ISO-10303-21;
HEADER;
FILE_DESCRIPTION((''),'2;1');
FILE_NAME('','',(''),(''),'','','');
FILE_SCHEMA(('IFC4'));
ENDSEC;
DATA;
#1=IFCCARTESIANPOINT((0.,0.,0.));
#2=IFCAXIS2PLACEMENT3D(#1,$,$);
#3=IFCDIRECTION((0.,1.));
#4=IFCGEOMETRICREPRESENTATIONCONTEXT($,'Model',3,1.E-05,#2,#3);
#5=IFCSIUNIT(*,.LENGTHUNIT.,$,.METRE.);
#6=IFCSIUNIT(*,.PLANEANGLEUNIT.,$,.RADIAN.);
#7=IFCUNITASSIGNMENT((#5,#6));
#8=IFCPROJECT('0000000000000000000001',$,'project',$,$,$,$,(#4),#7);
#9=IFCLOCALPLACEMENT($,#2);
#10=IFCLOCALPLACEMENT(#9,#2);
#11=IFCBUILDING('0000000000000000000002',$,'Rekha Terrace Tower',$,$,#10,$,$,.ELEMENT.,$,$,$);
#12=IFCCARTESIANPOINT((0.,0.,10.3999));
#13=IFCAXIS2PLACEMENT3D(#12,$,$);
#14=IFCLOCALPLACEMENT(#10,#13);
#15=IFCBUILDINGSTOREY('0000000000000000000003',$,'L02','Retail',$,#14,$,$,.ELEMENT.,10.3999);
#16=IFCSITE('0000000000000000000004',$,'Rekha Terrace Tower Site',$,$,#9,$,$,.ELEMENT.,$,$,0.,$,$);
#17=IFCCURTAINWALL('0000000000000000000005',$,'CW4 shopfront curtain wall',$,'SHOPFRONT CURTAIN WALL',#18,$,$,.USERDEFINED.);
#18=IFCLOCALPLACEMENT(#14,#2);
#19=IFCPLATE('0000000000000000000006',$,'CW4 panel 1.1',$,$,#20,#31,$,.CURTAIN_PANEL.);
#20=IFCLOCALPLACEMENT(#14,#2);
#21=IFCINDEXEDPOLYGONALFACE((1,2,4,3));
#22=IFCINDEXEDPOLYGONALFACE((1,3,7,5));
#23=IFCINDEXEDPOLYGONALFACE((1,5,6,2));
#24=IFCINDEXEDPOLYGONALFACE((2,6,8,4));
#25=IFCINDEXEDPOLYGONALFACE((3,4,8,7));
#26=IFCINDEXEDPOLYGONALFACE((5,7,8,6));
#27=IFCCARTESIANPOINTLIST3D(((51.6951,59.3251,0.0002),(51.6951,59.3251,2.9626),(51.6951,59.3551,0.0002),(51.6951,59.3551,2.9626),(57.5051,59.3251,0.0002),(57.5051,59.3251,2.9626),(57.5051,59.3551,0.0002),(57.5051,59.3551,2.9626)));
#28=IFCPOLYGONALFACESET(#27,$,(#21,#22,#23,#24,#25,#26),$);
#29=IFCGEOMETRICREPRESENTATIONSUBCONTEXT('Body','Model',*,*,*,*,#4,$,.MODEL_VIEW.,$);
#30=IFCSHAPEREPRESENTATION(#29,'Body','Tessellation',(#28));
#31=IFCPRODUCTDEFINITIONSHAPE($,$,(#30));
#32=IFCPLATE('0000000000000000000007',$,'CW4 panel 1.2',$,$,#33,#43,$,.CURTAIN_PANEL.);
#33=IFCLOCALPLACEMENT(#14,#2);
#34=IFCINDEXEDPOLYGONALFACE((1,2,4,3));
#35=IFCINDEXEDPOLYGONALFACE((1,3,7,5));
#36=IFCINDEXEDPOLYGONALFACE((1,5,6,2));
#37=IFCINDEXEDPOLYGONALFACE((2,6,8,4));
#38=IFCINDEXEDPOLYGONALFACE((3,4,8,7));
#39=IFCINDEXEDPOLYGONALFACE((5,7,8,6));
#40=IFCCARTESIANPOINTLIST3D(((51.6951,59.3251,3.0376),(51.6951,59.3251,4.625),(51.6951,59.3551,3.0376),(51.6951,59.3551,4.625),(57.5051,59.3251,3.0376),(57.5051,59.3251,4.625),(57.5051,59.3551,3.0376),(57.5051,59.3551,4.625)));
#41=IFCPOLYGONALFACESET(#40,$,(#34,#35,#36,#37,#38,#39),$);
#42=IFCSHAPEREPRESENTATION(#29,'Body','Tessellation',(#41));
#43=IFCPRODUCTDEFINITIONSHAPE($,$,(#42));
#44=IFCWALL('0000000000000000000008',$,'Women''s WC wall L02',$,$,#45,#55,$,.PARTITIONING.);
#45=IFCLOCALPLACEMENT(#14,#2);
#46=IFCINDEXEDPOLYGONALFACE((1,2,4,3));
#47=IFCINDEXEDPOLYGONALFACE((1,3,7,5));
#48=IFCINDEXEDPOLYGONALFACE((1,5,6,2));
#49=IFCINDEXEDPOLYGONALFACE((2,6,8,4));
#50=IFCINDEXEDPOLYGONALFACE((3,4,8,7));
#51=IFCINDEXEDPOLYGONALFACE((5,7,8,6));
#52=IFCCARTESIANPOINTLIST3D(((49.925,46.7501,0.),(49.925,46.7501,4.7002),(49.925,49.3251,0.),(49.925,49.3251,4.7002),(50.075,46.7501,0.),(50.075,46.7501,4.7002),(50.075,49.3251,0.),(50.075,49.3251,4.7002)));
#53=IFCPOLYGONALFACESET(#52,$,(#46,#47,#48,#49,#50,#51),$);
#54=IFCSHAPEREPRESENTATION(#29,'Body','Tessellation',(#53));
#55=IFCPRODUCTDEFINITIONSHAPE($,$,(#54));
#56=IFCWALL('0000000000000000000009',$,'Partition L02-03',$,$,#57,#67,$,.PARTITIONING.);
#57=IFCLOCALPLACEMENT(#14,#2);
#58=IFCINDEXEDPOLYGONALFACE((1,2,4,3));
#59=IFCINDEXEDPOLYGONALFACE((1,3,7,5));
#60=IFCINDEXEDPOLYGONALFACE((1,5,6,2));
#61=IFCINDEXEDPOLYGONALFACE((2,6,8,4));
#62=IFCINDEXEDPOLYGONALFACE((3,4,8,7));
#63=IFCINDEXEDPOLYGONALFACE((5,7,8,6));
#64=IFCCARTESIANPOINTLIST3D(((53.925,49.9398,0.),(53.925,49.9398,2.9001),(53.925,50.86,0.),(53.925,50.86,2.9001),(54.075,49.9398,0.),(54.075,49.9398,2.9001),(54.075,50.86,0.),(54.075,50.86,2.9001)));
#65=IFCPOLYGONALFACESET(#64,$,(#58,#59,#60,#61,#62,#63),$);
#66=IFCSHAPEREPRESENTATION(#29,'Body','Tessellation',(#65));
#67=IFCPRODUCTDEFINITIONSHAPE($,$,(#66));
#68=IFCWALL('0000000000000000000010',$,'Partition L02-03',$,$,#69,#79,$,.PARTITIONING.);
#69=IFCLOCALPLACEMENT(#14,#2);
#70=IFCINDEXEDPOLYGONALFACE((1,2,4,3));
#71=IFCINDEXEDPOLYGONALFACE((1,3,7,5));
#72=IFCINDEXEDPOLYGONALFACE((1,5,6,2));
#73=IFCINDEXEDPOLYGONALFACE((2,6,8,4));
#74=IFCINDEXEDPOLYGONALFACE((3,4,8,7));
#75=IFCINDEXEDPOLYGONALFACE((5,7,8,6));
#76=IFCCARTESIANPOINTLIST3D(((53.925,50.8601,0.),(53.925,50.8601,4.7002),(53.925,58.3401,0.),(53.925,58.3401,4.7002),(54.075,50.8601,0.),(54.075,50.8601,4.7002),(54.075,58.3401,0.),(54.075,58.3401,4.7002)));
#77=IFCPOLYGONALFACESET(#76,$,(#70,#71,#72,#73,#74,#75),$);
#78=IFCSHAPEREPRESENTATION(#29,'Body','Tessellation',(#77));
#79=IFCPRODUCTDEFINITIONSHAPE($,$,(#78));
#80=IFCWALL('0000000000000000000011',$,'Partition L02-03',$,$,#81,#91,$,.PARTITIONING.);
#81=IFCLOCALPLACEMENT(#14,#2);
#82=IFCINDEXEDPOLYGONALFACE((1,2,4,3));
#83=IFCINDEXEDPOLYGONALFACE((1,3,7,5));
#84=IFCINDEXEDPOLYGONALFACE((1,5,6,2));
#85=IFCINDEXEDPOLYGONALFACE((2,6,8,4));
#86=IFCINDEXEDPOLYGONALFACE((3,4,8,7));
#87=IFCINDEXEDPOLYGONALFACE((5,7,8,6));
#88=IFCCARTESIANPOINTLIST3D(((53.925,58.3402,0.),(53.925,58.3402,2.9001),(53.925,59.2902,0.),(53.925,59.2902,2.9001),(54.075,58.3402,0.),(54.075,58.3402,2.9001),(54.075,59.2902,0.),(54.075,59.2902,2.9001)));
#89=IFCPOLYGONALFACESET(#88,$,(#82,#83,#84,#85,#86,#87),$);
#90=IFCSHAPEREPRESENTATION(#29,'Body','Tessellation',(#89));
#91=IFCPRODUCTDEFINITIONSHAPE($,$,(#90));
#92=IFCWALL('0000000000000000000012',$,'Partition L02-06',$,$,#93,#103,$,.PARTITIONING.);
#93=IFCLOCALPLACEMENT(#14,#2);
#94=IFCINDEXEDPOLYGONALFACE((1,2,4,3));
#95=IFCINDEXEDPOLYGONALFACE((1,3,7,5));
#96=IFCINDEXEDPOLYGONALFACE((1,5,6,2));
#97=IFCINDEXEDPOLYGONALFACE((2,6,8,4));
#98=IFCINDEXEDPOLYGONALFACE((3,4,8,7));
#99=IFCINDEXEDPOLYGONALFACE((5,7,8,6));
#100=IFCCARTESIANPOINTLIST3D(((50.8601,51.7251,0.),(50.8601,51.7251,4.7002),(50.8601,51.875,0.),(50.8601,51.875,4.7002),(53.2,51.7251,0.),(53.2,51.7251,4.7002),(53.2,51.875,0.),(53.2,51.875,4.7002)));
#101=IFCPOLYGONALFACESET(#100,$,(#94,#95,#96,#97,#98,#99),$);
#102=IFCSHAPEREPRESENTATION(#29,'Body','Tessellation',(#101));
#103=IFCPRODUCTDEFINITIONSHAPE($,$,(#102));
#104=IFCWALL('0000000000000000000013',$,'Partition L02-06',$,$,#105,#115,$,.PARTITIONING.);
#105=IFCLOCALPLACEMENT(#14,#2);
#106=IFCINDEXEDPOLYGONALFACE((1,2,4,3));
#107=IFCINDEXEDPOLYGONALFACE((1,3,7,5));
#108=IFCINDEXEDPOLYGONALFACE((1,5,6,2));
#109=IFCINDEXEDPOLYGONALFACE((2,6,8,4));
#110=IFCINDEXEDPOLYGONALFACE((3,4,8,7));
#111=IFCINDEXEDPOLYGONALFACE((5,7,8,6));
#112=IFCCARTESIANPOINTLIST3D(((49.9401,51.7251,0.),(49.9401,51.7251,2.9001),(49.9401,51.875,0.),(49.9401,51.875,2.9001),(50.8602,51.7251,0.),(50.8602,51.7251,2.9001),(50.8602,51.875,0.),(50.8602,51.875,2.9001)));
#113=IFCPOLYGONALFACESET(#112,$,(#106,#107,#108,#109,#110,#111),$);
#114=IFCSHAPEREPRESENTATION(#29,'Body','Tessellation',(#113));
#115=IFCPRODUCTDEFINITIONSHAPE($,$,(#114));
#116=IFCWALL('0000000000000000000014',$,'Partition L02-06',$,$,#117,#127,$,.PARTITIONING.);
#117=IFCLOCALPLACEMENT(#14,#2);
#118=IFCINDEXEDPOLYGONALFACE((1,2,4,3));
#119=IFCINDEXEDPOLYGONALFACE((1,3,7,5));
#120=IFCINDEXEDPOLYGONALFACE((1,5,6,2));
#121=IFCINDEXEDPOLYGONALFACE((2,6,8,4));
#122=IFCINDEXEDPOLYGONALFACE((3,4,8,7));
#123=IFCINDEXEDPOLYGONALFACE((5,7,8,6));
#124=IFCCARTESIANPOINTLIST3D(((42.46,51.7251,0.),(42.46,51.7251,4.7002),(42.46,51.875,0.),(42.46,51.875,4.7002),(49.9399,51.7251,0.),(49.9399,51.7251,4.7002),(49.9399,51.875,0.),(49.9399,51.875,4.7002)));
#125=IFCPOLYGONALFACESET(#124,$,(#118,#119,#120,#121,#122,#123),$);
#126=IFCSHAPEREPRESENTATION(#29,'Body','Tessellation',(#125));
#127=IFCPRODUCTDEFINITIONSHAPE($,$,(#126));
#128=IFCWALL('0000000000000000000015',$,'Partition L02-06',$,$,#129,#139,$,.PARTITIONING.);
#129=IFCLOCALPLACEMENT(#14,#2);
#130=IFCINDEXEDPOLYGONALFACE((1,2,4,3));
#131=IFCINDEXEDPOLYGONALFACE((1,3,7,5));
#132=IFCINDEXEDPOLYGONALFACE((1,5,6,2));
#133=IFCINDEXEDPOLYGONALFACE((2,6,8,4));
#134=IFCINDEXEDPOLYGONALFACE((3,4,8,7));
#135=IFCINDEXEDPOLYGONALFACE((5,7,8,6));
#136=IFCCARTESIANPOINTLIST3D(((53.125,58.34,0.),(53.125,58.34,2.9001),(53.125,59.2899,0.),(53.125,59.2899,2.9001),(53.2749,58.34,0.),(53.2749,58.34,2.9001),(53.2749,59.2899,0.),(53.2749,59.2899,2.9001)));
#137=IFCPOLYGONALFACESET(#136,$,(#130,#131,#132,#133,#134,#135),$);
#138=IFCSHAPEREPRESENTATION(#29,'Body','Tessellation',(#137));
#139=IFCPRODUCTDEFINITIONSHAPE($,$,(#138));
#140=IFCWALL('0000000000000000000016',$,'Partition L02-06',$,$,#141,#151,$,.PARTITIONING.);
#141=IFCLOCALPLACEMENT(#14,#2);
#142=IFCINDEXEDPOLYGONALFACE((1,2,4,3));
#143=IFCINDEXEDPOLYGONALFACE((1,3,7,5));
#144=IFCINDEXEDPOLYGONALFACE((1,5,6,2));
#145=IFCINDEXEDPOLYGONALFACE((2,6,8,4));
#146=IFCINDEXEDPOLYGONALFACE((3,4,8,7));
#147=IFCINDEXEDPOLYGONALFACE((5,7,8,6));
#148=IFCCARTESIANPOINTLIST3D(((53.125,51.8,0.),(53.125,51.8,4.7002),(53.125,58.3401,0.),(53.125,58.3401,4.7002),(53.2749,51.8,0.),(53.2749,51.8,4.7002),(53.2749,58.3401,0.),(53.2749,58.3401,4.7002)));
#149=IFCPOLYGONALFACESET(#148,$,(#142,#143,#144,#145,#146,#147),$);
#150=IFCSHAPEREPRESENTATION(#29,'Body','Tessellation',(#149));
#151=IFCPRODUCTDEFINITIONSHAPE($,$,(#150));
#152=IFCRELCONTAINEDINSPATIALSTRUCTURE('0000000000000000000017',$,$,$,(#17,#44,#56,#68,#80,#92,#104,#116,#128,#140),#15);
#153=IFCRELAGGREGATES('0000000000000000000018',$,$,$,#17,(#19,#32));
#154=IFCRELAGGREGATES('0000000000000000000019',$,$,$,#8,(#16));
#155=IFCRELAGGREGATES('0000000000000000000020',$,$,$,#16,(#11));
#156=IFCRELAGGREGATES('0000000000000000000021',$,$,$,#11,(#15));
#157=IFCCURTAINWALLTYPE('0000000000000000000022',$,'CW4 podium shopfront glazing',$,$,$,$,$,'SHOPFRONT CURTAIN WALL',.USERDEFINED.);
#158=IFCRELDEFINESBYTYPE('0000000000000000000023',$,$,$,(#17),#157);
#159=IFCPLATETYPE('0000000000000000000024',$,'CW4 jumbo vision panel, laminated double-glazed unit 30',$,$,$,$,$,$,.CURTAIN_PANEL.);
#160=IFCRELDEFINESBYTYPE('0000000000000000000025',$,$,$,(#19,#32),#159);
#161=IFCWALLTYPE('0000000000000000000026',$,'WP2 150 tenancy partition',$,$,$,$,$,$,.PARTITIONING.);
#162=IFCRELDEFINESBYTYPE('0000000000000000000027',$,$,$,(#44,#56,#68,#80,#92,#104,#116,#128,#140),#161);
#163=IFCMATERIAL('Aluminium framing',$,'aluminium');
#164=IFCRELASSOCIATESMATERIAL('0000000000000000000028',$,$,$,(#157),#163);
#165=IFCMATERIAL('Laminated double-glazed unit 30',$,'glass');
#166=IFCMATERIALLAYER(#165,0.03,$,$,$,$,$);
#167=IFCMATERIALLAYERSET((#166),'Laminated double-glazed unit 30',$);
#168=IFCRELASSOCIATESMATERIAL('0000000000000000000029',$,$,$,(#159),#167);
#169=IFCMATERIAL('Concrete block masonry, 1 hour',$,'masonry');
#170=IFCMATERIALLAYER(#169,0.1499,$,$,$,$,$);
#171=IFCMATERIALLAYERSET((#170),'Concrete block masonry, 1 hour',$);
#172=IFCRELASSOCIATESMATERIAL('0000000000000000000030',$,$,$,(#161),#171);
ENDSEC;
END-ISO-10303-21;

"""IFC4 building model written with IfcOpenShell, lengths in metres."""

from ifc_helpers import new_model, si_unit, direction, frame, frame_2d, origin, origin_2d, place, context, subcontext, project, spatial, rectangle, extrude, material, layer, layer_set, type_object, element, aggregate, save


model = new_model("IFC4")

# Units and contexts
model_context = context("Model", 3, precision=1e-05, world=origin(), true_north=direction((0.0, 1.0)))
body_context = subcontext(model_context, "Body", "Model", "MODEL_VIEW")
ifc_project = project(units=[si_unit("LENGTHUNIT", "METRE"), si_unit("PLANEANGLEUNIT", "RADIAN")], contexts=[model_context])

# Site, building, storey
site_placement = place(None, origin())
site = spatial("IfcSite", under=ifc_project, at=site_placement, Name="Rekha Terrace Tower Site", CompositionType="ELEMENT", RefElevation=0.0)
building_placement = place(site_placement, origin())
building = spatial("IfcBuilding", under=site, at=building_placement, Name="Rekha Terrace Tower", CompositionType="ELEMENT")
storey_placement = place(building_placement, frame((0.0, 0.0, 10.3999)))
storey = spatial("IfcBuildingStorey", under=building, at=storey_placement, Name="L02", Description="Retail", CompositionType="ELEMENT", Elevation=10.3999)

# Curtain wall
ifc_material_1 = material(Name="Aluminium framing", Category="aluminium")
curtain_wall_type = type_object("IfcCurtainWallType", Name="CW4 podium shopfront glazing", ElementType="SHOPFRONT CURTAIN WALL", PredefinedType="USERDEFINED", material=ifc_material_1)
curtain_wall_1_placement = place(storey_placement, origin())
curtain_wall_1 = element("IfcCurtainWall", 1, at=curtain_wall_1_placement, inside=storey, type_object=curtain_wall_type, Name="CW4 shopfront curtain wall", ObjectType="SHOPFRONT CURTAIN WALL", PredefinedType="USERDEFINED")

# Plates
ifc_material_2 = material(Name="Laminated double-glazed unit 30", Category="glass")
ifc_layer_1 = layer(ifc_material_2, 0.03)
ifc_layer_set_1 = layer_set([ifc_layer_1], Name="Laminated double-glazed unit 30")
plate_type = type_object("IfcPlateType", Name="CW4 jumbo vision panel, laminated double-glazed unit 30", PredefinedType="CURTAIN_PANEL", material=ifc_layer_set_1)
plate_1_placement = place(storey_placement, frame((54.6001, 59.3401, 0.0002), z_axis=(0.0, 0.0, 1.0), x_axis=(-1.0, 0.0, 0.0)))
plate_1 = element("IfcPlate", 2, at=plate_1_placement, type_object=plate_type, Name="CW4 panel 1.1", PredefinedType="CURTAIN_PANEL", context=body_context, shape_type="SweptSolid", body=[
    extrude(rectangle(XDim=5.8101, YDim=0.03, at=origin_2d()), origin(), (0.0, 0.0, 1.0), 2.9624),
])
plate_2_placement = place(storey_placement, frame((54.6001, 59.3401, 3.0376), z_axis=(0.0, 0.0, 1.0), x_axis=(-1.0, 0.0, 0.0)))
plate_2 = element("IfcPlate", 3, at=plate_2_placement, type_object=plate_type, Name="CW4 panel 1.2", PredefinedType="CURTAIN_PANEL", context=body_context, shape_type="SweptSolid", body=[
    extrude(rectangle(XDim=5.8101, YDim=0.03, at=origin_2d()), origin(), (0.0, 0.0, 1.0), 1.5874),
])
aggregate(curtain_wall_1, [plate_1, plate_2])

# Walls
ifc_material_3 = material(Name="Concrete block masonry, 1 hour", Category="masonry")
ifc_layer_2 = layer(ifc_material_3, 0.1499)
ifc_layer_set_2 = layer_set([ifc_layer_2], Name="Concrete block masonry, 1 hour")
wall_type = type_object("IfcWallType", Name="WP2 150 tenancy partition", PredefinedType="PARTITIONING", material=ifc_layer_set_2)
wall_1_placement = place(storey_placement, frame((50.0, 46.75, 0.0), z_axis=(0.0, 0.0, 1.0), x_axis=(0.0, 1.0, 0.0)))
element("IfcWall", 4, at=wall_1_placement, inside=storey, type_object=wall_type, Name="Women's WC wall L02", PredefinedType="PARTITIONING", context=body_context, shape_type="SweptSolid", body=[
    extrude(rectangle(XDim=2.575, YDim=0.1499, at=frame_2d((1.2876, 0.0))), origin(), (0.0, 0.0, 1.0), 4.7002),
])
wall_2_placement = place(storey_placement, frame((54.0, 49.9399, 0.0), z_axis=(0.0, 0.0, 1.0), x_axis=(0.0, 1.0, 0.0)))
element("IfcWall", 5, at=wall_2_placement, inside=storey, type_object=wall_type, Name="Partition L02-03", PredefinedType="PARTITIONING", context=body_context, shape_type="SweptSolid", body=[
    extrude(rectangle(XDim=0.9202, YDim=0.1499, at=frame_2d((0.46, 0.0))), origin(), (0.0, 0.0, 1.0), 2.9001),
])
wall_3_placement = place(storey_placement, frame((54.0, 50.8601, 0.0), z_axis=(0.0, 0.0, 1.0), x_axis=(0.0, 1.0, 0.0)))
element("IfcWall", 6, at=wall_3_placement, inside=storey, type_object=wall_type, Name="Partition L02-03", PredefinedType="PARTITIONING", context=body_context, shape_type="SweptSolid", body=[
    extrude(rectangle(XDim=7.48, YDim=0.1499, at=frame_2d((3.74, 0.0))), origin(), (0.0, 0.0, 1.0), 4.7002),
])
wall_4_placement = place(storey_placement, frame((54.0, 58.3401, 0.0), z_axis=(0.0, 0.0, 1.0), x_axis=(0.0, 1.0, 0.0)))
element("IfcWall", 7, at=wall_4_placement, inside=storey, type_object=wall_type, Name="Partition L02-03", PredefinedType="PARTITIONING", context=body_context, shape_type="SweptSolid", body=[
    extrude(rectangle(XDim=0.95, YDim=0.1499, at=frame_2d((0.4751, 0.0))), origin(), (0.0, 0.0, 1.0), 2.9001),
])
wall_5_placement = place(storey_placement, frame((53.2, 51.8, 0.0), z_axis=(0.0, 0.0, 1.0), x_axis=(-1.0, 0.0, 0.0)))
element("IfcWall", 8, at=wall_5_placement, inside=storey, type_object=wall_type, Name="Partition L02-06", PredefinedType="PARTITIONING", context=body_context, shape_type="SweptSolid", body=[
    extrude(rectangle(XDim=2.3398, YDim=0.1499, at=frame_2d((1.1699, 0.0))), origin(), (0.0, 0.0, 1.0), 4.7002),
])
wall_6_placement = place(storey_placement, frame((50.8601, 51.8, 0.0), z_axis=(0.0, 0.0, 1.0), x_axis=(-1.0, 0.0, 0.0)))
element("IfcWall", 9, at=wall_6_placement, inside=storey, type_object=wall_type, Name="Partition L02-06", PredefinedType="PARTITIONING", context=body_context, shape_type="SweptSolid", body=[
    extrude(rectangle(XDim=0.9202, YDim=0.1499, at=frame_2d((0.46, 0.0))), origin(), (0.0, 0.0, 1.0), 2.9001),
])
wall_7_placement = place(storey_placement, frame((49.9399, 51.8, 0.0), z_axis=(0.0, 0.0, 1.0), x_axis=(-1.0, 0.0, 0.0)))
element("IfcWall", 10, at=wall_7_placement, inside=storey, type_object=wall_type, Name="Partition L02-06", PredefinedType="PARTITIONING", context=body_context, shape_type="SweptSolid", body=[
    extrude(rectangle(XDim=7.48, YDim=0.1499, at=frame_2d((3.74, 0.0))), origin(), (0.0, 0.0, 1.0), 4.7002),
])
wall_8_placement = place(storey_placement, frame((53.2, 59.29, 0.0), z_axis=(0.0, 0.0, 1.0), x_axis=(0.0, -1.0, 0.0)))
element("IfcWall", 11, at=wall_8_placement, inside=storey, type_object=wall_type, Name="Partition L02-06", PredefinedType="PARTITIONING", context=body_context, shape_type="SweptSolid", body=[
    extrude(rectangle(XDim=0.95, YDim=0.1499, at=frame_2d((0.4751, 0.0))), origin(), (0.0, 0.0, 1.0), 2.9001),
])
wall_9_placement = place(storey_placement, frame((53.2, 58.3401, 0.0), z_axis=(0.0, 0.0, 1.0), x_axis=(0.0, -1.0, 0.0)))
element("IfcWall", 12, at=wall_9_placement, inside=storey, type_object=wall_type, Name="Partition L02-06", PredefinedType="PARTITIONING", context=body_context, shape_type="SweptSolid", body=[
    extrude(rectangle(XDim=6.54, YDim=0.1499, at=frame_2d((3.27, 0.0))), origin(), (0.0, 0.0, 1.0), 4.7002),
])

save(model, "model.ifc")
